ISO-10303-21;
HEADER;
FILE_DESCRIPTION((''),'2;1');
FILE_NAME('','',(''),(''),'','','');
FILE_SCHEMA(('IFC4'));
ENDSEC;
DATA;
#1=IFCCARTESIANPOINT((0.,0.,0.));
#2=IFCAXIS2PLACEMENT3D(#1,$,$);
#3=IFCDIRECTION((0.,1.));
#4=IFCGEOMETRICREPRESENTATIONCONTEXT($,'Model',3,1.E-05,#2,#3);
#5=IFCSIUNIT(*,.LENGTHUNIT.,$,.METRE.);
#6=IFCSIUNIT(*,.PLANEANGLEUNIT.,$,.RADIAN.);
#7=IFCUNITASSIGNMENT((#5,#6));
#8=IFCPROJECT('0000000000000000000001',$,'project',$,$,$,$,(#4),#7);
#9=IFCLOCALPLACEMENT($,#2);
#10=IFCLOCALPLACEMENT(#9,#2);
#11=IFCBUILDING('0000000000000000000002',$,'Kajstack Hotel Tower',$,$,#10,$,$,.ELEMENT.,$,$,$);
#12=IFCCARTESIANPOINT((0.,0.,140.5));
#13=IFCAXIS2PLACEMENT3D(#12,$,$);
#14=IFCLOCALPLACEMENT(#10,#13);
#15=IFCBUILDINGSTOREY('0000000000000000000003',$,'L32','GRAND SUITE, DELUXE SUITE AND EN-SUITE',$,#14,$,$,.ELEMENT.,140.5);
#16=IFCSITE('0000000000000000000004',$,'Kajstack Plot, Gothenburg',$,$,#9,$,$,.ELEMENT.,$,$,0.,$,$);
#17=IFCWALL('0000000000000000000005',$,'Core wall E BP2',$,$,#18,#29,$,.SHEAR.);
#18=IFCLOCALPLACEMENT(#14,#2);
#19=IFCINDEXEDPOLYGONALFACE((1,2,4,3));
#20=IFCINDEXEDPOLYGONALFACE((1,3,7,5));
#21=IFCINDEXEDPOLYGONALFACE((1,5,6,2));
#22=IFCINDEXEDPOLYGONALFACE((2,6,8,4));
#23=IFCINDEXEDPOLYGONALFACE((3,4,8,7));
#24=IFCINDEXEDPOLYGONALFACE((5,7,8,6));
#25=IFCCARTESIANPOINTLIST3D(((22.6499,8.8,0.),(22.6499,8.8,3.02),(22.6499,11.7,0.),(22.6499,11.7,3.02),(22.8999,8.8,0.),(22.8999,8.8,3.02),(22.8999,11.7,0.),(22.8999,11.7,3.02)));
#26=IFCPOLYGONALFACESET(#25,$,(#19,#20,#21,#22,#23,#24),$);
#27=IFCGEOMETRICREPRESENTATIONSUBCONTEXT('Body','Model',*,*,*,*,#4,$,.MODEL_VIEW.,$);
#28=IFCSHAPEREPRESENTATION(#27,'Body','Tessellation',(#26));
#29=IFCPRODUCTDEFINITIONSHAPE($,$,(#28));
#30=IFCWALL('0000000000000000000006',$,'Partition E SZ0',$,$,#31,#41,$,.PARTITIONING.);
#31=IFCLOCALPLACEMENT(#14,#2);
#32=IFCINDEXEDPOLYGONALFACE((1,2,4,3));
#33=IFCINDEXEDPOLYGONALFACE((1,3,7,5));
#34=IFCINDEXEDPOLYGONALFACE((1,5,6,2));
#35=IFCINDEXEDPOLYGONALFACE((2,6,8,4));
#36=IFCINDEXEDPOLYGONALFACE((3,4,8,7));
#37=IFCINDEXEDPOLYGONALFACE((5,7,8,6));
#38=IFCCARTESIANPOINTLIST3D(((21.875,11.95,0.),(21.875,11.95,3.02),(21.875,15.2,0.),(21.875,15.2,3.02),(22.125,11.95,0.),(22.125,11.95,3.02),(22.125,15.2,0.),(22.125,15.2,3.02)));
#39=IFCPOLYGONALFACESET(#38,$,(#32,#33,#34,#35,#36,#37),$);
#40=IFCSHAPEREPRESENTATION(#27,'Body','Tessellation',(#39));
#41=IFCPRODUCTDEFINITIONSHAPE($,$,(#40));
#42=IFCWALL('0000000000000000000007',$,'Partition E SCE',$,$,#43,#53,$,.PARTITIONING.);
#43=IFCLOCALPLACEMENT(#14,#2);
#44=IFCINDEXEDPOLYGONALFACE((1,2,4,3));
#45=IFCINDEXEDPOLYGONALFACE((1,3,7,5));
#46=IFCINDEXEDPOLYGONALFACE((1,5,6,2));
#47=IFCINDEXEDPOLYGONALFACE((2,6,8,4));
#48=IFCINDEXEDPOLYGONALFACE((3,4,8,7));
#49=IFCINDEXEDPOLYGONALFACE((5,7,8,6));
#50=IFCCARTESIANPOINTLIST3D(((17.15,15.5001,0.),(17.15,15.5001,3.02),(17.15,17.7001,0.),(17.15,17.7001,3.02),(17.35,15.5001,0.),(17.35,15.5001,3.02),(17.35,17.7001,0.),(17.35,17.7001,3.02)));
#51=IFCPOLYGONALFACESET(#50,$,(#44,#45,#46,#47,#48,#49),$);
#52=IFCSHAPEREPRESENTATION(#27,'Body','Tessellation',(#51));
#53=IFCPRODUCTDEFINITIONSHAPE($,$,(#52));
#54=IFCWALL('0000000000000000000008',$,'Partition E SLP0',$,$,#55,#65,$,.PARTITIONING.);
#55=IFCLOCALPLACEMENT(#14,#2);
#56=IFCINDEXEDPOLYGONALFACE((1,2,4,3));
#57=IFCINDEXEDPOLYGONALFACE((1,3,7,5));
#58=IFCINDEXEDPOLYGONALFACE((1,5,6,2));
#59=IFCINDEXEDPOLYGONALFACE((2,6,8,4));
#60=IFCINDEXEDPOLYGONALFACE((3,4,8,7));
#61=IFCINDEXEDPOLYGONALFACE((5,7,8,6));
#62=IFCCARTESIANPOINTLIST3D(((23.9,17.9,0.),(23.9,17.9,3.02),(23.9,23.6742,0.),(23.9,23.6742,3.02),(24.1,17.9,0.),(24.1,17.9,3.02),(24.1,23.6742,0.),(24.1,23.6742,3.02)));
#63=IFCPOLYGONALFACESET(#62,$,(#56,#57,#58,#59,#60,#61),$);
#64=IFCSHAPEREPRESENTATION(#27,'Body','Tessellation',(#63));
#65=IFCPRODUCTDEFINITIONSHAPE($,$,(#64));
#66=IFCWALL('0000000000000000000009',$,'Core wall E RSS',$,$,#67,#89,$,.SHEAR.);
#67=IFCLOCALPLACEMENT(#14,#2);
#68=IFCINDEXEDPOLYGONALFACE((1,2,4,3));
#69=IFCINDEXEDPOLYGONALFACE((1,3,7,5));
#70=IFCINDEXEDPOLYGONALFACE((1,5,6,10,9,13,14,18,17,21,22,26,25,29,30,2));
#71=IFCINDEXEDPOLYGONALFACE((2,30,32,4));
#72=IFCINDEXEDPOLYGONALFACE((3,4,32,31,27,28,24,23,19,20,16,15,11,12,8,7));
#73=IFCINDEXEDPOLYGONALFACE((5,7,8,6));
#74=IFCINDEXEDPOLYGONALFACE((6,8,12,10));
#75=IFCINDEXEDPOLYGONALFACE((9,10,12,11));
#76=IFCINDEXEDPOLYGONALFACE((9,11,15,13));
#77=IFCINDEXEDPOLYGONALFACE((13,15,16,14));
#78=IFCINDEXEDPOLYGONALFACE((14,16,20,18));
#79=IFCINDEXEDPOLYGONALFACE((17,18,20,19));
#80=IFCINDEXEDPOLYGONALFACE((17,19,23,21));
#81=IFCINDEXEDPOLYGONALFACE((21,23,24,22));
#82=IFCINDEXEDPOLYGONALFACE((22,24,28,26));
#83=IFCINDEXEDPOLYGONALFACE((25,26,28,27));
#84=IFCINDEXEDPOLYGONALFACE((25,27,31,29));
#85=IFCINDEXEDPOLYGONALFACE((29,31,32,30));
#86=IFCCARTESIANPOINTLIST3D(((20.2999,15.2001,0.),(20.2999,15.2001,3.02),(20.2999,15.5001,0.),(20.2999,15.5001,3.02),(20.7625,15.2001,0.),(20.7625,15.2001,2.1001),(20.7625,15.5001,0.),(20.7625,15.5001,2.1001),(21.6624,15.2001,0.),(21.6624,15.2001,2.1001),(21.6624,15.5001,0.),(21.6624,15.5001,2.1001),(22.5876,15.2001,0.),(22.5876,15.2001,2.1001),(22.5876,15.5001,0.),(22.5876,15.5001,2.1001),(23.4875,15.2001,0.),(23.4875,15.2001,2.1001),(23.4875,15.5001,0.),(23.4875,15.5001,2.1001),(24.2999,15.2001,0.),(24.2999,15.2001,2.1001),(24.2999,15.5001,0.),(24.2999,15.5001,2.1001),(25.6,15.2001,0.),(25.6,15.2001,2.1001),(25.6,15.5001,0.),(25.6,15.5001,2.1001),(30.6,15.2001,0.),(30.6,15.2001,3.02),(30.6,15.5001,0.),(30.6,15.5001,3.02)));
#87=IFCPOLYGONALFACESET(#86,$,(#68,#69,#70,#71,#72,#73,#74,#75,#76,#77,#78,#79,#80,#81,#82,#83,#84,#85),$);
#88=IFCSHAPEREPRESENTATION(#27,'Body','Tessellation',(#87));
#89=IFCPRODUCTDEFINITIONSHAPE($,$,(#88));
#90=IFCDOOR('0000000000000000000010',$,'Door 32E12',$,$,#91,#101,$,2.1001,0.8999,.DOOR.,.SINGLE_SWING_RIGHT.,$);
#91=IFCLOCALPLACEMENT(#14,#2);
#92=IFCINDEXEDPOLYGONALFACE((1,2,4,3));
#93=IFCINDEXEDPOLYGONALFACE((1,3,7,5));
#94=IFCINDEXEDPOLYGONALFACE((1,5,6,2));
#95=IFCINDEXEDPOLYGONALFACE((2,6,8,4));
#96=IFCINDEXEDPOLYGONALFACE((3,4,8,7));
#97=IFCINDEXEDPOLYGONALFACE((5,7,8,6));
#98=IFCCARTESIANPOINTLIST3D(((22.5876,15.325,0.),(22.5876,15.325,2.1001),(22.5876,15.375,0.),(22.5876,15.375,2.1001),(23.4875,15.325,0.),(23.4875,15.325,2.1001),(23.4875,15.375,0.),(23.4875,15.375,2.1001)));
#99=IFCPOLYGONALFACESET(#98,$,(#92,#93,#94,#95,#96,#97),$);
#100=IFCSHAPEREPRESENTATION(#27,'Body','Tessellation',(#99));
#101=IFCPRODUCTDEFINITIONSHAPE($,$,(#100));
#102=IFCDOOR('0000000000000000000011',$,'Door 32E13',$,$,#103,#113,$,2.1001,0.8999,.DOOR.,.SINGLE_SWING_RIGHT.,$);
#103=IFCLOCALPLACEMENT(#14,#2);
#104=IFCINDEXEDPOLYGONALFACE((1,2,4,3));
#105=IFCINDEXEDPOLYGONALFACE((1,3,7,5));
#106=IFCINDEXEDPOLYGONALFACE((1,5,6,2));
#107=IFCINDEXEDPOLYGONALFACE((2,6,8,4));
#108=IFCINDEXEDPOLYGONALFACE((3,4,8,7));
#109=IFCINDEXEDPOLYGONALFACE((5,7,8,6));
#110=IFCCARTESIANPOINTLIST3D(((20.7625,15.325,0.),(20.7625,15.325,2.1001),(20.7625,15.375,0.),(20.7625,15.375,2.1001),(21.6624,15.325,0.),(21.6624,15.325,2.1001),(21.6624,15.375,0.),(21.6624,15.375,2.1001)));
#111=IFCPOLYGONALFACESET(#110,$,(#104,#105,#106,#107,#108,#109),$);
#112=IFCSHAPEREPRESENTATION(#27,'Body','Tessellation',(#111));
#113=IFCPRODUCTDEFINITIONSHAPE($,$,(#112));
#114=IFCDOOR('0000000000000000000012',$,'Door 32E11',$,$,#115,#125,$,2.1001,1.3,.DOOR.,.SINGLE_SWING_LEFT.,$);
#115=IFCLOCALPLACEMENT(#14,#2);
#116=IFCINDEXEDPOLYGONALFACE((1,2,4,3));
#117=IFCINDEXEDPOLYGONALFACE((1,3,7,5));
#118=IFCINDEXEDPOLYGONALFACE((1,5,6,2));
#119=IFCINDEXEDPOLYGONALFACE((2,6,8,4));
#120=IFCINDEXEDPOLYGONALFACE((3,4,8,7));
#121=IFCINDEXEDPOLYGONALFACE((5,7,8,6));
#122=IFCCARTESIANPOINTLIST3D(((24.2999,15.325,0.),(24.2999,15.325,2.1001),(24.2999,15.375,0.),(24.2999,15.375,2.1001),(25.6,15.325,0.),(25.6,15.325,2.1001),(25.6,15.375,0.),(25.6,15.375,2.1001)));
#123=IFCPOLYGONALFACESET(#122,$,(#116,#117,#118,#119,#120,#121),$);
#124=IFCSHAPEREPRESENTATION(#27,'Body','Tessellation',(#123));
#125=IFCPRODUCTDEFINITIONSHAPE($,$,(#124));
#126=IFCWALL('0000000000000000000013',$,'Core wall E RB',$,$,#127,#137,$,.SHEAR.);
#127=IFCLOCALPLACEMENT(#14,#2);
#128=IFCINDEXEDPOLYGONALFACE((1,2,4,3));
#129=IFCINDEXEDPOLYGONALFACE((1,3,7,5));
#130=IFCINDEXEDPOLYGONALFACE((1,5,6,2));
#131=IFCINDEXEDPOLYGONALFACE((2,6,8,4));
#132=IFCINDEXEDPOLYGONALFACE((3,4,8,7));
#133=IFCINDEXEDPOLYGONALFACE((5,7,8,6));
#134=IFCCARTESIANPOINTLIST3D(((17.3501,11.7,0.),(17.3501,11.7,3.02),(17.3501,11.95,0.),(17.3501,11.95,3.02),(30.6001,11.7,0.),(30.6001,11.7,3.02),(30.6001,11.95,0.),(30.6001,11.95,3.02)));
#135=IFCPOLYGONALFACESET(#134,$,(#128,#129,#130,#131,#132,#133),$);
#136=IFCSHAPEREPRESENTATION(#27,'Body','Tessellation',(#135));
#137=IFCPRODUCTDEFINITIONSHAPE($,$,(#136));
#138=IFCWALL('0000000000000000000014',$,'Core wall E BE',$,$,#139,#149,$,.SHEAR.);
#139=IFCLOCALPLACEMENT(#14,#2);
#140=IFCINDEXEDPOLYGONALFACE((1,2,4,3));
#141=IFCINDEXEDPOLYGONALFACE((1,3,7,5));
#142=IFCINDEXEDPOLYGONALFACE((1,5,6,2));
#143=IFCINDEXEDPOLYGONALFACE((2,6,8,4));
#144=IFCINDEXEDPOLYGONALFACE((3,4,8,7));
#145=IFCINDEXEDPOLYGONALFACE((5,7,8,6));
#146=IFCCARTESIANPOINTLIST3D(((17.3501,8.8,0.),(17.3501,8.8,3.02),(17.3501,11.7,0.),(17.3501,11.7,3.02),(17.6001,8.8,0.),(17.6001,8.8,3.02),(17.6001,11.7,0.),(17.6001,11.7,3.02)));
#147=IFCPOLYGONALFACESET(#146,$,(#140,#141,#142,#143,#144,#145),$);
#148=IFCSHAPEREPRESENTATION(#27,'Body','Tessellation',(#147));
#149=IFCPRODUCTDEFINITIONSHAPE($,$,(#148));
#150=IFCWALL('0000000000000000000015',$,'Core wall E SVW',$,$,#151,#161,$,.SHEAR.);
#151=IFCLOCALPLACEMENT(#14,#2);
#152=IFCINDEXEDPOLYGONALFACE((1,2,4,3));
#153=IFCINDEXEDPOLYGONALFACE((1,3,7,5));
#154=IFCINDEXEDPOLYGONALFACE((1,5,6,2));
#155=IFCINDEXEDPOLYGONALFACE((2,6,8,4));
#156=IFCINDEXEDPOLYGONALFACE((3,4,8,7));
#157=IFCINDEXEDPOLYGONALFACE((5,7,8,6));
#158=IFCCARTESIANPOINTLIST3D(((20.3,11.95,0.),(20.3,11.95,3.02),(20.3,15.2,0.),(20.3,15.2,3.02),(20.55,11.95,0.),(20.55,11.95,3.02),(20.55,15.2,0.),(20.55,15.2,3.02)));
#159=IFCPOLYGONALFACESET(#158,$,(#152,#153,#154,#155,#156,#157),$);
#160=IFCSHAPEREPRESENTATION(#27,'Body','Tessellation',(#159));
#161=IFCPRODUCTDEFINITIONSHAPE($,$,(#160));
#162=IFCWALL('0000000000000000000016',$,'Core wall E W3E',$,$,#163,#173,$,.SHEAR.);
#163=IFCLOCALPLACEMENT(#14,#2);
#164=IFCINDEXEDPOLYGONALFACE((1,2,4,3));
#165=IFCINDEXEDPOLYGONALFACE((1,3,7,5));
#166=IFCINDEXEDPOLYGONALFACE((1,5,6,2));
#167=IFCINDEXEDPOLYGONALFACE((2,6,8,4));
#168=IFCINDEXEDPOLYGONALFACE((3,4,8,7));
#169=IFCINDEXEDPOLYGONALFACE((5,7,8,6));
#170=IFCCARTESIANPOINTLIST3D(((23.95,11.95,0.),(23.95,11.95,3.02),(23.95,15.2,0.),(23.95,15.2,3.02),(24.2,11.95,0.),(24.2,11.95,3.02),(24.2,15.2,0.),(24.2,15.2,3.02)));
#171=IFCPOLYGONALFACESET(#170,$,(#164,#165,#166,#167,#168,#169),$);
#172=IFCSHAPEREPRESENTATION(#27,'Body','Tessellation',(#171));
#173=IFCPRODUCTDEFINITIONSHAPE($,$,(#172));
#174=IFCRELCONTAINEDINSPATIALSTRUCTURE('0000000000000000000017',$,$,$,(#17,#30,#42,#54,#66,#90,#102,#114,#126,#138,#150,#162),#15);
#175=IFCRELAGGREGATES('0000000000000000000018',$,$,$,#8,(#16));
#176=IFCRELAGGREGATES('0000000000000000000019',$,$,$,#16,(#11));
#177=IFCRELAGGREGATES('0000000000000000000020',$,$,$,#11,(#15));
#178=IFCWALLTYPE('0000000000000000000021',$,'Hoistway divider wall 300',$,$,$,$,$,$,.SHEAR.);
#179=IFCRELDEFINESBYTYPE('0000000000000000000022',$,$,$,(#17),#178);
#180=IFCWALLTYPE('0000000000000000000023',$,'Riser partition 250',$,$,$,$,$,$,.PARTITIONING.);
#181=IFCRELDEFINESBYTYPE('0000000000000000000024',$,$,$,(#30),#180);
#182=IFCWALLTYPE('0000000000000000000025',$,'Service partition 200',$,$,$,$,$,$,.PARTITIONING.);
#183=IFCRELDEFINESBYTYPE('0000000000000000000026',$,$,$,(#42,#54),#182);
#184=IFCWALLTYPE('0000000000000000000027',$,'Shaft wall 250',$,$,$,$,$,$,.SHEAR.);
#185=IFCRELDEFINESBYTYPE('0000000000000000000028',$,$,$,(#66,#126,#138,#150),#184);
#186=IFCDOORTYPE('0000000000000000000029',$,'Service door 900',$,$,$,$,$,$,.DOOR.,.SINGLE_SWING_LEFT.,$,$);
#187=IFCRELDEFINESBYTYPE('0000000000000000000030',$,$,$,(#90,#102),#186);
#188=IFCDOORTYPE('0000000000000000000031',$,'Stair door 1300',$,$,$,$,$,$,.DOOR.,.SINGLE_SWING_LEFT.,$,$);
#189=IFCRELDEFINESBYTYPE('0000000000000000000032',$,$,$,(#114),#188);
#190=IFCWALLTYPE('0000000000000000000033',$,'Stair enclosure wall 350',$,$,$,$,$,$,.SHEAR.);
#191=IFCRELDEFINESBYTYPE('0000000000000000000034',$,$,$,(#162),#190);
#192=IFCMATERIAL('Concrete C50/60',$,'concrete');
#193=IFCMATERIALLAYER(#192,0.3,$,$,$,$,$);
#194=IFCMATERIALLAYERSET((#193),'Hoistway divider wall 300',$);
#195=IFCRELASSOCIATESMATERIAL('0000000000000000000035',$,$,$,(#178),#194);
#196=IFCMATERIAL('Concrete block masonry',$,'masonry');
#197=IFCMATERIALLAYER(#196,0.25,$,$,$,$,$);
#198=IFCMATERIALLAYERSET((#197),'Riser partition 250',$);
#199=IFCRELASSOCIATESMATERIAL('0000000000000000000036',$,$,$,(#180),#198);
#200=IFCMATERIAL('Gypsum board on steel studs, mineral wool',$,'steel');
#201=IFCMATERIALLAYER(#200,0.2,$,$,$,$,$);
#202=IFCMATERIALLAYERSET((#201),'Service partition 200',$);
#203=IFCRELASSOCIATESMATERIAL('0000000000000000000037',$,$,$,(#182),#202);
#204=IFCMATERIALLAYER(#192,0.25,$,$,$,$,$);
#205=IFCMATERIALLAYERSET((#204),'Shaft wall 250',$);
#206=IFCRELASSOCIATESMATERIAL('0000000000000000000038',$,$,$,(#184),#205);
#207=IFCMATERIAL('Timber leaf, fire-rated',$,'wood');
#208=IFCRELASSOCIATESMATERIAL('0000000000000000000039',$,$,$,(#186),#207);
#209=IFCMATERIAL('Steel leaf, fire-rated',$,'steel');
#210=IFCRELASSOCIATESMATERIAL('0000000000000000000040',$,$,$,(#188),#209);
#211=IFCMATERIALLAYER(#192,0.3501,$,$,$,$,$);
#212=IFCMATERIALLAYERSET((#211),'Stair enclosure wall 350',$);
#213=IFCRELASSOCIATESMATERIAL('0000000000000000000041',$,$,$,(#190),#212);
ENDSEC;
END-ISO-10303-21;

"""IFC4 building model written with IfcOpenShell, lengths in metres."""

from ifc_helpers import new_model, si_unit, direction, frame, frame_2d, origin, place, context, subcontext, project, spatial, rectangle, extrude, material, layer, layer_set, type_object, element, fill, save


model = new_model("IFC4")

# Units and contexts
model_context = context("Model", 3, precision=1e-05, world=origin(), true_north=direction((0.0, 1.0)))
body_context = subcontext(model_context, "Body", "Model", "MODEL_VIEW")
ifc_project = project(units=[si_unit("LENGTHUNIT", "METRE"), si_unit("PLANEANGLEUNIT", "RADIAN")], contexts=[model_context])

# Site, building, storey
site_placement = place(None, origin())
site = spatial("IfcSite", under=ifc_project, at=site_placement, Name="Kajstack Plot, Gothenburg", CompositionType="ELEMENT", RefElevation=0.0)
building_placement = place(site_placement, origin())
building = spatial("IfcBuilding", under=site, at=building_placement, Name="Kajstack Hotel Tower", CompositionType="ELEMENT")
storey_placement = place(building_placement, frame((0.0, 0.0, 140.5)))
storey = spatial("IfcBuildingStorey", under=building, at=storey_placement, Name="L32", Description="GRAND SUITE, DELUXE SUITE AND EN-SUITE", CompositionType="ELEMENT", Elevation=140.5)

# Walls
ifc_material_1 = material(Name="Concrete C50/60", Category="concrete")
ifc_layer_1 = layer(ifc_material_1, 0.3)
ifc_layer_set_1 = layer_set([ifc_layer_1], Name="Hoistway divider wall 300")
wall_type_1 = type_object("IfcWallType", Name="Hoistway divider wall 300", PredefinedType="SHEAR", material=ifc_layer_set_1)
wall_1_placement = place(storey_placement, frame((22.7749, 8.8, 0.0), z_axis=(0.0, 0.0, 1.0), x_axis=(0.0, 1.0, 0.0)))
element("IfcWall", 1, at=wall_1_placement, inside=storey, type_object=wall_type_1, Name="Core wall E BP2", PredefinedType="SHEAR", context=body_context, shape_type="SweptSolid", body=[
    extrude(rectangle(XDim=2.8999, YDim=0.25, at=frame_2d((1.45, 0.0))), origin(), (0.0, 0.0, 1.0), 3.02),
])
ifc_material_2 = material(Name="Concrete block masonry", Category="masonry")
ifc_layer_2 = layer(ifc_material_2, 0.25)
ifc_layer_set_2 = layer_set([ifc_layer_2], Name="Riser partition 250")
wall_type_2 = type_object("IfcWallType", Name="Riser partition 250", PredefinedType="PARTITIONING", material=ifc_layer_set_2)
wall_2_placement = place(storey_placement, frame((22.0, 11.95, 0.0), z_axis=(0.0, 0.0, 1.0), x_axis=(0.0, 1.0, 0.0)))
element("IfcWall", 2, at=wall_2_placement, inside=storey, type_object=wall_type_2, Name="Partition E SZ0", PredefinedType="PARTITIONING", context=body_context, shape_type="SweptSolid", body=[
    extrude(rectangle(XDim=3.25, YDim=0.25, at=frame_2d((1.625, 0.0))), origin(), (0.0, 0.0, 1.0), 3.02),
])
ifc_material_3 = material(Name="Gypsum board on steel studs, mineral wool", Category="steel")
ifc_layer_3 = layer(ifc_material_3, 0.2)
ifc_layer_set_3 = layer_set([ifc_layer_3], Name="Service partition 200")
wall_type_3 = type_object("IfcWallType", Name="Service partition 200", PredefinedType="PARTITIONING", material=ifc_layer_set_3)
wall_3_placement = place(storey_placement, frame((17.25, 15.5, 0.0), z_axis=(0.0, 0.0, 1.0), x_axis=(0.0, 1.0, 0.0)))
element("IfcWall", 3, at=wall_3_placement, inside=storey, type_object=wall_type_3, Name="Partition E SCE", PredefinedType="PARTITIONING", context=body_context, shape_type="SweptSolid", body=[
    extrude(rectangle(XDim=2.2, YDim=0.2, at=frame_2d((1.1001, 0.0))), origin(), (0.0, 0.0, 1.0), 3.02),
])
wall_4_placement = place(storey_placement, frame((24.0, 17.8999, 0.0), z_axis=(0.0, 0.0, 1.0), x_axis=(0.0, 1.0, 0.0)))
element("IfcWall", 4, at=wall_4_placement, inside=storey, type_object=wall_type_3, Name="Partition E SLP0", PredefinedType="PARTITIONING", context=body_context, shape_type="SweptSolid", body=[
    extrude(rectangle(XDim=5.7742, YDim=0.2, at=frame_2d((2.8872, 0.0))), origin(), (0.0, 0.0, 1.0), 3.02),
])

# Wall, openings, doors
ifc_layer_4 = layer(ifc_material_1, 0.25)
ifc_layer_set_4 = layer_set([ifc_layer_4], Name="Shaft wall 250")
wall_type_4 = type_object("IfcWallType", Name="Shaft wall 250", PredefinedType="SHEAR", material=ifc_layer_set_4)
wall_5_placement = place(storey_placement, frame((20.3, 15.3501, 0.0), z_axis=(0.0, 0.0, 1.0), x_axis=(1.0, 0.0, 0.0)))
wall_5 = element("IfcWall", 5, at=wall_5_placement, inside=storey, type_object=wall_type_4, Name="Core wall E RSS", PredefinedType="SHEAR", context=body_context, shape_type="SweptSolid", body=[
    extrude(rectangle(XDim=10.3, YDim=0.3, at=frame_2d((5.1499, 0.0))), origin(), (0.0, 0.0, 1.0), 3.02),
])
opening_1_placement = place(wall_5_placement, frame((4.0, 0.0, 0.0)))
opening_1 = element("IfcOpeningElement", 6, at=opening_1_placement, cuts=wall_5, PredefinedType="OPENING", context=body_context, shape_type="SweptSolid", body=[
    extrude(rectangle(XDim=1.3, YDim=2.1001, at=frame_2d((0.6499, 1.05))), frame((0.0, 0.1599, 0.0), z_axis=(0.0, -1.0, 0.0), x_axis=(1.0, 0.0, 0.0)), (0.0, 0.0, 1.0), 0.3201),
])
opening_2_placement = place(wall_5_placement, frame((2.2876, 0.0, 0.0)))
opening_2 = element("IfcOpeningElement", 7, at=opening_2_placement, cuts=wall_5, PredefinedType="OPENING", context=body_context, shape_type="SweptSolid", body=[
    extrude(rectangle(XDim=0.8999, YDim=2.1001, at=frame_2d((0.45, 1.05))), frame((0.0, 0.1599, 0.0), z_axis=(0.0, -1.0, 0.0), x_axis=(1.0, 0.0, 0.0)), (0.0, 0.0, 1.0), 0.3201),
])
opening_3_placement = place(wall_5_placement, frame((0.4624, 0.0, 0.0)))
opening_3 = element("IfcOpeningElement", 8, at=opening_3_placement, cuts=wall_5, PredefinedType="OPENING", context=body_context, shape_type="SweptSolid", body=[
    extrude(rectangle(XDim=0.8999, YDim=2.1001, at=frame_2d((0.45, 1.05))), frame((0.0, 0.1599, 0.0), z_axis=(0.0, -1.0, 0.0), x_axis=(1.0, 0.0, 0.0)), (0.0, 0.0, 1.0), 0.3201),
])
ifc_material_4 = material(Name="Timber leaf, fire-rated", Category="wood")
door_type_1 = type_object("IfcDoorType", Name="Service door 900", OperationType="SINGLE_SWING_LEFT", PredefinedType="DOOR", material=ifc_material_4)
door_1_placement = place(opening_2_placement, origin())
door_1 = element("IfcDoor", 9, at=door_1_placement, inside=storey, type_object=door_type_1, Name="Door 32E12", OperationType="SINGLE_SWING_RIGHT", OverallHeight=2.1001, OverallWidth=0.8999, PredefinedType="DOOR", context=body_context, shape_type="SweptSolid", body=[
    extrude(rectangle(XDim=0.8999, YDim=2.1001, at=frame_2d((0.45, 1.05))), frame((0.0, 0.0249, 0.0), z_axis=(0.0, -1.0, 0.0), x_axis=(1.0, 0.0, 0.0)), (0.0, 0.0, 1.0), 0.05),
])
fill(opening_2, door_1)
door_2_placement = place(opening_3_placement, origin())
door_2 = element("IfcDoor", 10, at=door_2_placement, inside=storey, type_object=door_type_1, Name="Door 32E13", OperationType="SINGLE_SWING_RIGHT", OverallHeight=2.1001, OverallWidth=0.8999, PredefinedType="DOOR", context=body_context, shape_type="SweptSolid", body=[
    extrude(rectangle(XDim=0.8999, YDim=2.1001, at=frame_2d((0.45, 1.05))), frame((0.0, 0.0249, 0.0), z_axis=(0.0, -1.0, 0.0), x_axis=(1.0, 0.0, 0.0)), (0.0, 0.0, 1.0), 0.05),
])
fill(opening_3, door_2)
ifc_material_5 = material(Name="Steel leaf, fire-rated", Category="steel")
door_type_2 = type_object("IfcDoorType", Name="Stair door 1300", OperationType="SINGLE_SWING_LEFT", PredefinedType="DOOR", material=ifc_material_5)
door_3_placement = place(opening_1_placement, origin())
door_3 = element("IfcDoor", 11, at=door_3_placement, inside=storey, type_object=door_type_2, Name="Door 32E11", OperationType="SINGLE_SWING_LEFT", OverallHeight=2.1001, OverallWidth=1.3, PredefinedType="DOOR", context=body_context, shape_type="SweptSolid", body=[
    extrude(rectangle(XDim=1.3, YDim=2.1001, at=frame_2d((0.6499, 1.05))), frame((0.0, 0.0249, 0.0), z_axis=(0.0, -1.0, 0.0), x_axis=(1.0, 0.0, 0.0)), (0.0, 0.0, 1.0), 0.05),
])
fill(opening_1, door_3)

# Walls
wall_6_placement = place(storey_placement, frame((17.3501, 11.825, 0.0), z_axis=(0.0, 0.0, 1.0), x_axis=(1.0, 0.0, 0.0)))
element("IfcWall", 12, at=wall_6_placement, inside=storey, type_object=wall_type_4, Name="Core wall E RB", PredefinedType="SHEAR", context=body_context, shape_type="SweptSolid", body=[
    extrude(rectangle(XDim=13.25, YDim=0.25, at=frame_2d((6.625, 0.0))), origin(), (0.0, 0.0, 1.0), 3.02),
])
wall_7_placement = place(storey_placement, frame((17.4751, 8.8, 0.0), z_axis=(0.0, 0.0, 1.0), x_axis=(0.0, 1.0, 0.0)))
element("IfcWall", 13, at=wall_7_placement, inside=storey, type_object=wall_type_4, Name="Core wall E BE", PredefinedType="SHEAR", context=body_context, shape_type="SweptSolid", body=[
    extrude(rectangle(XDim=2.8999, YDim=0.25, at=frame_2d((1.45, 0.0))), origin(), (0.0, 0.0, 1.0), 3.02),
])
wall_8_placement = place(storey_placement, frame((20.425, 11.95, 0.0), z_axis=(0.0, 0.0, 1.0), x_axis=(0.0, 1.0, 0.0)))
element("IfcWall", 14, at=wall_8_placement, inside=storey, type_object=wall_type_4, Name="Core wall E SVW", PredefinedType="SHEAR", context=body_context, shape_type="SweptSolid", body=[
    extrude(rectangle(XDim=3.25, YDim=0.25, at=frame_2d((1.625, 0.0))), origin(), (0.0, 0.0, 1.0), 3.02),
])
ifc_layer_5 = layer(ifc_material_1, 0.3501)
ifc_layer_set_5 = layer_set([ifc_layer_5], Name="Stair enclosure wall 350")
wall_type_5 = type_object("IfcWallType", Name="Stair enclosure wall 350", PredefinedType="SHEAR", material=ifc_layer_set_5)
wall_9_placement = place(storey_placement, frame((24.075, 11.95, 0.0), z_axis=(0.0, 0.0, 1.0), x_axis=(0.0, 1.0, 0.0)))
element("IfcWall", 15, at=wall_9_placement, inside=storey, type_object=wall_type_5, Name="Core wall E W3E", PredefinedType="SHEAR", context=body_context, shape_type="SweptSolid", body=[
    extrude(rectangle(XDim=3.25, YDim=0.25, at=frame_2d((1.625, 0.0))), origin(), (0.0, 0.0, 1.0), 3.02),
])

save(model, "model.ifc")
